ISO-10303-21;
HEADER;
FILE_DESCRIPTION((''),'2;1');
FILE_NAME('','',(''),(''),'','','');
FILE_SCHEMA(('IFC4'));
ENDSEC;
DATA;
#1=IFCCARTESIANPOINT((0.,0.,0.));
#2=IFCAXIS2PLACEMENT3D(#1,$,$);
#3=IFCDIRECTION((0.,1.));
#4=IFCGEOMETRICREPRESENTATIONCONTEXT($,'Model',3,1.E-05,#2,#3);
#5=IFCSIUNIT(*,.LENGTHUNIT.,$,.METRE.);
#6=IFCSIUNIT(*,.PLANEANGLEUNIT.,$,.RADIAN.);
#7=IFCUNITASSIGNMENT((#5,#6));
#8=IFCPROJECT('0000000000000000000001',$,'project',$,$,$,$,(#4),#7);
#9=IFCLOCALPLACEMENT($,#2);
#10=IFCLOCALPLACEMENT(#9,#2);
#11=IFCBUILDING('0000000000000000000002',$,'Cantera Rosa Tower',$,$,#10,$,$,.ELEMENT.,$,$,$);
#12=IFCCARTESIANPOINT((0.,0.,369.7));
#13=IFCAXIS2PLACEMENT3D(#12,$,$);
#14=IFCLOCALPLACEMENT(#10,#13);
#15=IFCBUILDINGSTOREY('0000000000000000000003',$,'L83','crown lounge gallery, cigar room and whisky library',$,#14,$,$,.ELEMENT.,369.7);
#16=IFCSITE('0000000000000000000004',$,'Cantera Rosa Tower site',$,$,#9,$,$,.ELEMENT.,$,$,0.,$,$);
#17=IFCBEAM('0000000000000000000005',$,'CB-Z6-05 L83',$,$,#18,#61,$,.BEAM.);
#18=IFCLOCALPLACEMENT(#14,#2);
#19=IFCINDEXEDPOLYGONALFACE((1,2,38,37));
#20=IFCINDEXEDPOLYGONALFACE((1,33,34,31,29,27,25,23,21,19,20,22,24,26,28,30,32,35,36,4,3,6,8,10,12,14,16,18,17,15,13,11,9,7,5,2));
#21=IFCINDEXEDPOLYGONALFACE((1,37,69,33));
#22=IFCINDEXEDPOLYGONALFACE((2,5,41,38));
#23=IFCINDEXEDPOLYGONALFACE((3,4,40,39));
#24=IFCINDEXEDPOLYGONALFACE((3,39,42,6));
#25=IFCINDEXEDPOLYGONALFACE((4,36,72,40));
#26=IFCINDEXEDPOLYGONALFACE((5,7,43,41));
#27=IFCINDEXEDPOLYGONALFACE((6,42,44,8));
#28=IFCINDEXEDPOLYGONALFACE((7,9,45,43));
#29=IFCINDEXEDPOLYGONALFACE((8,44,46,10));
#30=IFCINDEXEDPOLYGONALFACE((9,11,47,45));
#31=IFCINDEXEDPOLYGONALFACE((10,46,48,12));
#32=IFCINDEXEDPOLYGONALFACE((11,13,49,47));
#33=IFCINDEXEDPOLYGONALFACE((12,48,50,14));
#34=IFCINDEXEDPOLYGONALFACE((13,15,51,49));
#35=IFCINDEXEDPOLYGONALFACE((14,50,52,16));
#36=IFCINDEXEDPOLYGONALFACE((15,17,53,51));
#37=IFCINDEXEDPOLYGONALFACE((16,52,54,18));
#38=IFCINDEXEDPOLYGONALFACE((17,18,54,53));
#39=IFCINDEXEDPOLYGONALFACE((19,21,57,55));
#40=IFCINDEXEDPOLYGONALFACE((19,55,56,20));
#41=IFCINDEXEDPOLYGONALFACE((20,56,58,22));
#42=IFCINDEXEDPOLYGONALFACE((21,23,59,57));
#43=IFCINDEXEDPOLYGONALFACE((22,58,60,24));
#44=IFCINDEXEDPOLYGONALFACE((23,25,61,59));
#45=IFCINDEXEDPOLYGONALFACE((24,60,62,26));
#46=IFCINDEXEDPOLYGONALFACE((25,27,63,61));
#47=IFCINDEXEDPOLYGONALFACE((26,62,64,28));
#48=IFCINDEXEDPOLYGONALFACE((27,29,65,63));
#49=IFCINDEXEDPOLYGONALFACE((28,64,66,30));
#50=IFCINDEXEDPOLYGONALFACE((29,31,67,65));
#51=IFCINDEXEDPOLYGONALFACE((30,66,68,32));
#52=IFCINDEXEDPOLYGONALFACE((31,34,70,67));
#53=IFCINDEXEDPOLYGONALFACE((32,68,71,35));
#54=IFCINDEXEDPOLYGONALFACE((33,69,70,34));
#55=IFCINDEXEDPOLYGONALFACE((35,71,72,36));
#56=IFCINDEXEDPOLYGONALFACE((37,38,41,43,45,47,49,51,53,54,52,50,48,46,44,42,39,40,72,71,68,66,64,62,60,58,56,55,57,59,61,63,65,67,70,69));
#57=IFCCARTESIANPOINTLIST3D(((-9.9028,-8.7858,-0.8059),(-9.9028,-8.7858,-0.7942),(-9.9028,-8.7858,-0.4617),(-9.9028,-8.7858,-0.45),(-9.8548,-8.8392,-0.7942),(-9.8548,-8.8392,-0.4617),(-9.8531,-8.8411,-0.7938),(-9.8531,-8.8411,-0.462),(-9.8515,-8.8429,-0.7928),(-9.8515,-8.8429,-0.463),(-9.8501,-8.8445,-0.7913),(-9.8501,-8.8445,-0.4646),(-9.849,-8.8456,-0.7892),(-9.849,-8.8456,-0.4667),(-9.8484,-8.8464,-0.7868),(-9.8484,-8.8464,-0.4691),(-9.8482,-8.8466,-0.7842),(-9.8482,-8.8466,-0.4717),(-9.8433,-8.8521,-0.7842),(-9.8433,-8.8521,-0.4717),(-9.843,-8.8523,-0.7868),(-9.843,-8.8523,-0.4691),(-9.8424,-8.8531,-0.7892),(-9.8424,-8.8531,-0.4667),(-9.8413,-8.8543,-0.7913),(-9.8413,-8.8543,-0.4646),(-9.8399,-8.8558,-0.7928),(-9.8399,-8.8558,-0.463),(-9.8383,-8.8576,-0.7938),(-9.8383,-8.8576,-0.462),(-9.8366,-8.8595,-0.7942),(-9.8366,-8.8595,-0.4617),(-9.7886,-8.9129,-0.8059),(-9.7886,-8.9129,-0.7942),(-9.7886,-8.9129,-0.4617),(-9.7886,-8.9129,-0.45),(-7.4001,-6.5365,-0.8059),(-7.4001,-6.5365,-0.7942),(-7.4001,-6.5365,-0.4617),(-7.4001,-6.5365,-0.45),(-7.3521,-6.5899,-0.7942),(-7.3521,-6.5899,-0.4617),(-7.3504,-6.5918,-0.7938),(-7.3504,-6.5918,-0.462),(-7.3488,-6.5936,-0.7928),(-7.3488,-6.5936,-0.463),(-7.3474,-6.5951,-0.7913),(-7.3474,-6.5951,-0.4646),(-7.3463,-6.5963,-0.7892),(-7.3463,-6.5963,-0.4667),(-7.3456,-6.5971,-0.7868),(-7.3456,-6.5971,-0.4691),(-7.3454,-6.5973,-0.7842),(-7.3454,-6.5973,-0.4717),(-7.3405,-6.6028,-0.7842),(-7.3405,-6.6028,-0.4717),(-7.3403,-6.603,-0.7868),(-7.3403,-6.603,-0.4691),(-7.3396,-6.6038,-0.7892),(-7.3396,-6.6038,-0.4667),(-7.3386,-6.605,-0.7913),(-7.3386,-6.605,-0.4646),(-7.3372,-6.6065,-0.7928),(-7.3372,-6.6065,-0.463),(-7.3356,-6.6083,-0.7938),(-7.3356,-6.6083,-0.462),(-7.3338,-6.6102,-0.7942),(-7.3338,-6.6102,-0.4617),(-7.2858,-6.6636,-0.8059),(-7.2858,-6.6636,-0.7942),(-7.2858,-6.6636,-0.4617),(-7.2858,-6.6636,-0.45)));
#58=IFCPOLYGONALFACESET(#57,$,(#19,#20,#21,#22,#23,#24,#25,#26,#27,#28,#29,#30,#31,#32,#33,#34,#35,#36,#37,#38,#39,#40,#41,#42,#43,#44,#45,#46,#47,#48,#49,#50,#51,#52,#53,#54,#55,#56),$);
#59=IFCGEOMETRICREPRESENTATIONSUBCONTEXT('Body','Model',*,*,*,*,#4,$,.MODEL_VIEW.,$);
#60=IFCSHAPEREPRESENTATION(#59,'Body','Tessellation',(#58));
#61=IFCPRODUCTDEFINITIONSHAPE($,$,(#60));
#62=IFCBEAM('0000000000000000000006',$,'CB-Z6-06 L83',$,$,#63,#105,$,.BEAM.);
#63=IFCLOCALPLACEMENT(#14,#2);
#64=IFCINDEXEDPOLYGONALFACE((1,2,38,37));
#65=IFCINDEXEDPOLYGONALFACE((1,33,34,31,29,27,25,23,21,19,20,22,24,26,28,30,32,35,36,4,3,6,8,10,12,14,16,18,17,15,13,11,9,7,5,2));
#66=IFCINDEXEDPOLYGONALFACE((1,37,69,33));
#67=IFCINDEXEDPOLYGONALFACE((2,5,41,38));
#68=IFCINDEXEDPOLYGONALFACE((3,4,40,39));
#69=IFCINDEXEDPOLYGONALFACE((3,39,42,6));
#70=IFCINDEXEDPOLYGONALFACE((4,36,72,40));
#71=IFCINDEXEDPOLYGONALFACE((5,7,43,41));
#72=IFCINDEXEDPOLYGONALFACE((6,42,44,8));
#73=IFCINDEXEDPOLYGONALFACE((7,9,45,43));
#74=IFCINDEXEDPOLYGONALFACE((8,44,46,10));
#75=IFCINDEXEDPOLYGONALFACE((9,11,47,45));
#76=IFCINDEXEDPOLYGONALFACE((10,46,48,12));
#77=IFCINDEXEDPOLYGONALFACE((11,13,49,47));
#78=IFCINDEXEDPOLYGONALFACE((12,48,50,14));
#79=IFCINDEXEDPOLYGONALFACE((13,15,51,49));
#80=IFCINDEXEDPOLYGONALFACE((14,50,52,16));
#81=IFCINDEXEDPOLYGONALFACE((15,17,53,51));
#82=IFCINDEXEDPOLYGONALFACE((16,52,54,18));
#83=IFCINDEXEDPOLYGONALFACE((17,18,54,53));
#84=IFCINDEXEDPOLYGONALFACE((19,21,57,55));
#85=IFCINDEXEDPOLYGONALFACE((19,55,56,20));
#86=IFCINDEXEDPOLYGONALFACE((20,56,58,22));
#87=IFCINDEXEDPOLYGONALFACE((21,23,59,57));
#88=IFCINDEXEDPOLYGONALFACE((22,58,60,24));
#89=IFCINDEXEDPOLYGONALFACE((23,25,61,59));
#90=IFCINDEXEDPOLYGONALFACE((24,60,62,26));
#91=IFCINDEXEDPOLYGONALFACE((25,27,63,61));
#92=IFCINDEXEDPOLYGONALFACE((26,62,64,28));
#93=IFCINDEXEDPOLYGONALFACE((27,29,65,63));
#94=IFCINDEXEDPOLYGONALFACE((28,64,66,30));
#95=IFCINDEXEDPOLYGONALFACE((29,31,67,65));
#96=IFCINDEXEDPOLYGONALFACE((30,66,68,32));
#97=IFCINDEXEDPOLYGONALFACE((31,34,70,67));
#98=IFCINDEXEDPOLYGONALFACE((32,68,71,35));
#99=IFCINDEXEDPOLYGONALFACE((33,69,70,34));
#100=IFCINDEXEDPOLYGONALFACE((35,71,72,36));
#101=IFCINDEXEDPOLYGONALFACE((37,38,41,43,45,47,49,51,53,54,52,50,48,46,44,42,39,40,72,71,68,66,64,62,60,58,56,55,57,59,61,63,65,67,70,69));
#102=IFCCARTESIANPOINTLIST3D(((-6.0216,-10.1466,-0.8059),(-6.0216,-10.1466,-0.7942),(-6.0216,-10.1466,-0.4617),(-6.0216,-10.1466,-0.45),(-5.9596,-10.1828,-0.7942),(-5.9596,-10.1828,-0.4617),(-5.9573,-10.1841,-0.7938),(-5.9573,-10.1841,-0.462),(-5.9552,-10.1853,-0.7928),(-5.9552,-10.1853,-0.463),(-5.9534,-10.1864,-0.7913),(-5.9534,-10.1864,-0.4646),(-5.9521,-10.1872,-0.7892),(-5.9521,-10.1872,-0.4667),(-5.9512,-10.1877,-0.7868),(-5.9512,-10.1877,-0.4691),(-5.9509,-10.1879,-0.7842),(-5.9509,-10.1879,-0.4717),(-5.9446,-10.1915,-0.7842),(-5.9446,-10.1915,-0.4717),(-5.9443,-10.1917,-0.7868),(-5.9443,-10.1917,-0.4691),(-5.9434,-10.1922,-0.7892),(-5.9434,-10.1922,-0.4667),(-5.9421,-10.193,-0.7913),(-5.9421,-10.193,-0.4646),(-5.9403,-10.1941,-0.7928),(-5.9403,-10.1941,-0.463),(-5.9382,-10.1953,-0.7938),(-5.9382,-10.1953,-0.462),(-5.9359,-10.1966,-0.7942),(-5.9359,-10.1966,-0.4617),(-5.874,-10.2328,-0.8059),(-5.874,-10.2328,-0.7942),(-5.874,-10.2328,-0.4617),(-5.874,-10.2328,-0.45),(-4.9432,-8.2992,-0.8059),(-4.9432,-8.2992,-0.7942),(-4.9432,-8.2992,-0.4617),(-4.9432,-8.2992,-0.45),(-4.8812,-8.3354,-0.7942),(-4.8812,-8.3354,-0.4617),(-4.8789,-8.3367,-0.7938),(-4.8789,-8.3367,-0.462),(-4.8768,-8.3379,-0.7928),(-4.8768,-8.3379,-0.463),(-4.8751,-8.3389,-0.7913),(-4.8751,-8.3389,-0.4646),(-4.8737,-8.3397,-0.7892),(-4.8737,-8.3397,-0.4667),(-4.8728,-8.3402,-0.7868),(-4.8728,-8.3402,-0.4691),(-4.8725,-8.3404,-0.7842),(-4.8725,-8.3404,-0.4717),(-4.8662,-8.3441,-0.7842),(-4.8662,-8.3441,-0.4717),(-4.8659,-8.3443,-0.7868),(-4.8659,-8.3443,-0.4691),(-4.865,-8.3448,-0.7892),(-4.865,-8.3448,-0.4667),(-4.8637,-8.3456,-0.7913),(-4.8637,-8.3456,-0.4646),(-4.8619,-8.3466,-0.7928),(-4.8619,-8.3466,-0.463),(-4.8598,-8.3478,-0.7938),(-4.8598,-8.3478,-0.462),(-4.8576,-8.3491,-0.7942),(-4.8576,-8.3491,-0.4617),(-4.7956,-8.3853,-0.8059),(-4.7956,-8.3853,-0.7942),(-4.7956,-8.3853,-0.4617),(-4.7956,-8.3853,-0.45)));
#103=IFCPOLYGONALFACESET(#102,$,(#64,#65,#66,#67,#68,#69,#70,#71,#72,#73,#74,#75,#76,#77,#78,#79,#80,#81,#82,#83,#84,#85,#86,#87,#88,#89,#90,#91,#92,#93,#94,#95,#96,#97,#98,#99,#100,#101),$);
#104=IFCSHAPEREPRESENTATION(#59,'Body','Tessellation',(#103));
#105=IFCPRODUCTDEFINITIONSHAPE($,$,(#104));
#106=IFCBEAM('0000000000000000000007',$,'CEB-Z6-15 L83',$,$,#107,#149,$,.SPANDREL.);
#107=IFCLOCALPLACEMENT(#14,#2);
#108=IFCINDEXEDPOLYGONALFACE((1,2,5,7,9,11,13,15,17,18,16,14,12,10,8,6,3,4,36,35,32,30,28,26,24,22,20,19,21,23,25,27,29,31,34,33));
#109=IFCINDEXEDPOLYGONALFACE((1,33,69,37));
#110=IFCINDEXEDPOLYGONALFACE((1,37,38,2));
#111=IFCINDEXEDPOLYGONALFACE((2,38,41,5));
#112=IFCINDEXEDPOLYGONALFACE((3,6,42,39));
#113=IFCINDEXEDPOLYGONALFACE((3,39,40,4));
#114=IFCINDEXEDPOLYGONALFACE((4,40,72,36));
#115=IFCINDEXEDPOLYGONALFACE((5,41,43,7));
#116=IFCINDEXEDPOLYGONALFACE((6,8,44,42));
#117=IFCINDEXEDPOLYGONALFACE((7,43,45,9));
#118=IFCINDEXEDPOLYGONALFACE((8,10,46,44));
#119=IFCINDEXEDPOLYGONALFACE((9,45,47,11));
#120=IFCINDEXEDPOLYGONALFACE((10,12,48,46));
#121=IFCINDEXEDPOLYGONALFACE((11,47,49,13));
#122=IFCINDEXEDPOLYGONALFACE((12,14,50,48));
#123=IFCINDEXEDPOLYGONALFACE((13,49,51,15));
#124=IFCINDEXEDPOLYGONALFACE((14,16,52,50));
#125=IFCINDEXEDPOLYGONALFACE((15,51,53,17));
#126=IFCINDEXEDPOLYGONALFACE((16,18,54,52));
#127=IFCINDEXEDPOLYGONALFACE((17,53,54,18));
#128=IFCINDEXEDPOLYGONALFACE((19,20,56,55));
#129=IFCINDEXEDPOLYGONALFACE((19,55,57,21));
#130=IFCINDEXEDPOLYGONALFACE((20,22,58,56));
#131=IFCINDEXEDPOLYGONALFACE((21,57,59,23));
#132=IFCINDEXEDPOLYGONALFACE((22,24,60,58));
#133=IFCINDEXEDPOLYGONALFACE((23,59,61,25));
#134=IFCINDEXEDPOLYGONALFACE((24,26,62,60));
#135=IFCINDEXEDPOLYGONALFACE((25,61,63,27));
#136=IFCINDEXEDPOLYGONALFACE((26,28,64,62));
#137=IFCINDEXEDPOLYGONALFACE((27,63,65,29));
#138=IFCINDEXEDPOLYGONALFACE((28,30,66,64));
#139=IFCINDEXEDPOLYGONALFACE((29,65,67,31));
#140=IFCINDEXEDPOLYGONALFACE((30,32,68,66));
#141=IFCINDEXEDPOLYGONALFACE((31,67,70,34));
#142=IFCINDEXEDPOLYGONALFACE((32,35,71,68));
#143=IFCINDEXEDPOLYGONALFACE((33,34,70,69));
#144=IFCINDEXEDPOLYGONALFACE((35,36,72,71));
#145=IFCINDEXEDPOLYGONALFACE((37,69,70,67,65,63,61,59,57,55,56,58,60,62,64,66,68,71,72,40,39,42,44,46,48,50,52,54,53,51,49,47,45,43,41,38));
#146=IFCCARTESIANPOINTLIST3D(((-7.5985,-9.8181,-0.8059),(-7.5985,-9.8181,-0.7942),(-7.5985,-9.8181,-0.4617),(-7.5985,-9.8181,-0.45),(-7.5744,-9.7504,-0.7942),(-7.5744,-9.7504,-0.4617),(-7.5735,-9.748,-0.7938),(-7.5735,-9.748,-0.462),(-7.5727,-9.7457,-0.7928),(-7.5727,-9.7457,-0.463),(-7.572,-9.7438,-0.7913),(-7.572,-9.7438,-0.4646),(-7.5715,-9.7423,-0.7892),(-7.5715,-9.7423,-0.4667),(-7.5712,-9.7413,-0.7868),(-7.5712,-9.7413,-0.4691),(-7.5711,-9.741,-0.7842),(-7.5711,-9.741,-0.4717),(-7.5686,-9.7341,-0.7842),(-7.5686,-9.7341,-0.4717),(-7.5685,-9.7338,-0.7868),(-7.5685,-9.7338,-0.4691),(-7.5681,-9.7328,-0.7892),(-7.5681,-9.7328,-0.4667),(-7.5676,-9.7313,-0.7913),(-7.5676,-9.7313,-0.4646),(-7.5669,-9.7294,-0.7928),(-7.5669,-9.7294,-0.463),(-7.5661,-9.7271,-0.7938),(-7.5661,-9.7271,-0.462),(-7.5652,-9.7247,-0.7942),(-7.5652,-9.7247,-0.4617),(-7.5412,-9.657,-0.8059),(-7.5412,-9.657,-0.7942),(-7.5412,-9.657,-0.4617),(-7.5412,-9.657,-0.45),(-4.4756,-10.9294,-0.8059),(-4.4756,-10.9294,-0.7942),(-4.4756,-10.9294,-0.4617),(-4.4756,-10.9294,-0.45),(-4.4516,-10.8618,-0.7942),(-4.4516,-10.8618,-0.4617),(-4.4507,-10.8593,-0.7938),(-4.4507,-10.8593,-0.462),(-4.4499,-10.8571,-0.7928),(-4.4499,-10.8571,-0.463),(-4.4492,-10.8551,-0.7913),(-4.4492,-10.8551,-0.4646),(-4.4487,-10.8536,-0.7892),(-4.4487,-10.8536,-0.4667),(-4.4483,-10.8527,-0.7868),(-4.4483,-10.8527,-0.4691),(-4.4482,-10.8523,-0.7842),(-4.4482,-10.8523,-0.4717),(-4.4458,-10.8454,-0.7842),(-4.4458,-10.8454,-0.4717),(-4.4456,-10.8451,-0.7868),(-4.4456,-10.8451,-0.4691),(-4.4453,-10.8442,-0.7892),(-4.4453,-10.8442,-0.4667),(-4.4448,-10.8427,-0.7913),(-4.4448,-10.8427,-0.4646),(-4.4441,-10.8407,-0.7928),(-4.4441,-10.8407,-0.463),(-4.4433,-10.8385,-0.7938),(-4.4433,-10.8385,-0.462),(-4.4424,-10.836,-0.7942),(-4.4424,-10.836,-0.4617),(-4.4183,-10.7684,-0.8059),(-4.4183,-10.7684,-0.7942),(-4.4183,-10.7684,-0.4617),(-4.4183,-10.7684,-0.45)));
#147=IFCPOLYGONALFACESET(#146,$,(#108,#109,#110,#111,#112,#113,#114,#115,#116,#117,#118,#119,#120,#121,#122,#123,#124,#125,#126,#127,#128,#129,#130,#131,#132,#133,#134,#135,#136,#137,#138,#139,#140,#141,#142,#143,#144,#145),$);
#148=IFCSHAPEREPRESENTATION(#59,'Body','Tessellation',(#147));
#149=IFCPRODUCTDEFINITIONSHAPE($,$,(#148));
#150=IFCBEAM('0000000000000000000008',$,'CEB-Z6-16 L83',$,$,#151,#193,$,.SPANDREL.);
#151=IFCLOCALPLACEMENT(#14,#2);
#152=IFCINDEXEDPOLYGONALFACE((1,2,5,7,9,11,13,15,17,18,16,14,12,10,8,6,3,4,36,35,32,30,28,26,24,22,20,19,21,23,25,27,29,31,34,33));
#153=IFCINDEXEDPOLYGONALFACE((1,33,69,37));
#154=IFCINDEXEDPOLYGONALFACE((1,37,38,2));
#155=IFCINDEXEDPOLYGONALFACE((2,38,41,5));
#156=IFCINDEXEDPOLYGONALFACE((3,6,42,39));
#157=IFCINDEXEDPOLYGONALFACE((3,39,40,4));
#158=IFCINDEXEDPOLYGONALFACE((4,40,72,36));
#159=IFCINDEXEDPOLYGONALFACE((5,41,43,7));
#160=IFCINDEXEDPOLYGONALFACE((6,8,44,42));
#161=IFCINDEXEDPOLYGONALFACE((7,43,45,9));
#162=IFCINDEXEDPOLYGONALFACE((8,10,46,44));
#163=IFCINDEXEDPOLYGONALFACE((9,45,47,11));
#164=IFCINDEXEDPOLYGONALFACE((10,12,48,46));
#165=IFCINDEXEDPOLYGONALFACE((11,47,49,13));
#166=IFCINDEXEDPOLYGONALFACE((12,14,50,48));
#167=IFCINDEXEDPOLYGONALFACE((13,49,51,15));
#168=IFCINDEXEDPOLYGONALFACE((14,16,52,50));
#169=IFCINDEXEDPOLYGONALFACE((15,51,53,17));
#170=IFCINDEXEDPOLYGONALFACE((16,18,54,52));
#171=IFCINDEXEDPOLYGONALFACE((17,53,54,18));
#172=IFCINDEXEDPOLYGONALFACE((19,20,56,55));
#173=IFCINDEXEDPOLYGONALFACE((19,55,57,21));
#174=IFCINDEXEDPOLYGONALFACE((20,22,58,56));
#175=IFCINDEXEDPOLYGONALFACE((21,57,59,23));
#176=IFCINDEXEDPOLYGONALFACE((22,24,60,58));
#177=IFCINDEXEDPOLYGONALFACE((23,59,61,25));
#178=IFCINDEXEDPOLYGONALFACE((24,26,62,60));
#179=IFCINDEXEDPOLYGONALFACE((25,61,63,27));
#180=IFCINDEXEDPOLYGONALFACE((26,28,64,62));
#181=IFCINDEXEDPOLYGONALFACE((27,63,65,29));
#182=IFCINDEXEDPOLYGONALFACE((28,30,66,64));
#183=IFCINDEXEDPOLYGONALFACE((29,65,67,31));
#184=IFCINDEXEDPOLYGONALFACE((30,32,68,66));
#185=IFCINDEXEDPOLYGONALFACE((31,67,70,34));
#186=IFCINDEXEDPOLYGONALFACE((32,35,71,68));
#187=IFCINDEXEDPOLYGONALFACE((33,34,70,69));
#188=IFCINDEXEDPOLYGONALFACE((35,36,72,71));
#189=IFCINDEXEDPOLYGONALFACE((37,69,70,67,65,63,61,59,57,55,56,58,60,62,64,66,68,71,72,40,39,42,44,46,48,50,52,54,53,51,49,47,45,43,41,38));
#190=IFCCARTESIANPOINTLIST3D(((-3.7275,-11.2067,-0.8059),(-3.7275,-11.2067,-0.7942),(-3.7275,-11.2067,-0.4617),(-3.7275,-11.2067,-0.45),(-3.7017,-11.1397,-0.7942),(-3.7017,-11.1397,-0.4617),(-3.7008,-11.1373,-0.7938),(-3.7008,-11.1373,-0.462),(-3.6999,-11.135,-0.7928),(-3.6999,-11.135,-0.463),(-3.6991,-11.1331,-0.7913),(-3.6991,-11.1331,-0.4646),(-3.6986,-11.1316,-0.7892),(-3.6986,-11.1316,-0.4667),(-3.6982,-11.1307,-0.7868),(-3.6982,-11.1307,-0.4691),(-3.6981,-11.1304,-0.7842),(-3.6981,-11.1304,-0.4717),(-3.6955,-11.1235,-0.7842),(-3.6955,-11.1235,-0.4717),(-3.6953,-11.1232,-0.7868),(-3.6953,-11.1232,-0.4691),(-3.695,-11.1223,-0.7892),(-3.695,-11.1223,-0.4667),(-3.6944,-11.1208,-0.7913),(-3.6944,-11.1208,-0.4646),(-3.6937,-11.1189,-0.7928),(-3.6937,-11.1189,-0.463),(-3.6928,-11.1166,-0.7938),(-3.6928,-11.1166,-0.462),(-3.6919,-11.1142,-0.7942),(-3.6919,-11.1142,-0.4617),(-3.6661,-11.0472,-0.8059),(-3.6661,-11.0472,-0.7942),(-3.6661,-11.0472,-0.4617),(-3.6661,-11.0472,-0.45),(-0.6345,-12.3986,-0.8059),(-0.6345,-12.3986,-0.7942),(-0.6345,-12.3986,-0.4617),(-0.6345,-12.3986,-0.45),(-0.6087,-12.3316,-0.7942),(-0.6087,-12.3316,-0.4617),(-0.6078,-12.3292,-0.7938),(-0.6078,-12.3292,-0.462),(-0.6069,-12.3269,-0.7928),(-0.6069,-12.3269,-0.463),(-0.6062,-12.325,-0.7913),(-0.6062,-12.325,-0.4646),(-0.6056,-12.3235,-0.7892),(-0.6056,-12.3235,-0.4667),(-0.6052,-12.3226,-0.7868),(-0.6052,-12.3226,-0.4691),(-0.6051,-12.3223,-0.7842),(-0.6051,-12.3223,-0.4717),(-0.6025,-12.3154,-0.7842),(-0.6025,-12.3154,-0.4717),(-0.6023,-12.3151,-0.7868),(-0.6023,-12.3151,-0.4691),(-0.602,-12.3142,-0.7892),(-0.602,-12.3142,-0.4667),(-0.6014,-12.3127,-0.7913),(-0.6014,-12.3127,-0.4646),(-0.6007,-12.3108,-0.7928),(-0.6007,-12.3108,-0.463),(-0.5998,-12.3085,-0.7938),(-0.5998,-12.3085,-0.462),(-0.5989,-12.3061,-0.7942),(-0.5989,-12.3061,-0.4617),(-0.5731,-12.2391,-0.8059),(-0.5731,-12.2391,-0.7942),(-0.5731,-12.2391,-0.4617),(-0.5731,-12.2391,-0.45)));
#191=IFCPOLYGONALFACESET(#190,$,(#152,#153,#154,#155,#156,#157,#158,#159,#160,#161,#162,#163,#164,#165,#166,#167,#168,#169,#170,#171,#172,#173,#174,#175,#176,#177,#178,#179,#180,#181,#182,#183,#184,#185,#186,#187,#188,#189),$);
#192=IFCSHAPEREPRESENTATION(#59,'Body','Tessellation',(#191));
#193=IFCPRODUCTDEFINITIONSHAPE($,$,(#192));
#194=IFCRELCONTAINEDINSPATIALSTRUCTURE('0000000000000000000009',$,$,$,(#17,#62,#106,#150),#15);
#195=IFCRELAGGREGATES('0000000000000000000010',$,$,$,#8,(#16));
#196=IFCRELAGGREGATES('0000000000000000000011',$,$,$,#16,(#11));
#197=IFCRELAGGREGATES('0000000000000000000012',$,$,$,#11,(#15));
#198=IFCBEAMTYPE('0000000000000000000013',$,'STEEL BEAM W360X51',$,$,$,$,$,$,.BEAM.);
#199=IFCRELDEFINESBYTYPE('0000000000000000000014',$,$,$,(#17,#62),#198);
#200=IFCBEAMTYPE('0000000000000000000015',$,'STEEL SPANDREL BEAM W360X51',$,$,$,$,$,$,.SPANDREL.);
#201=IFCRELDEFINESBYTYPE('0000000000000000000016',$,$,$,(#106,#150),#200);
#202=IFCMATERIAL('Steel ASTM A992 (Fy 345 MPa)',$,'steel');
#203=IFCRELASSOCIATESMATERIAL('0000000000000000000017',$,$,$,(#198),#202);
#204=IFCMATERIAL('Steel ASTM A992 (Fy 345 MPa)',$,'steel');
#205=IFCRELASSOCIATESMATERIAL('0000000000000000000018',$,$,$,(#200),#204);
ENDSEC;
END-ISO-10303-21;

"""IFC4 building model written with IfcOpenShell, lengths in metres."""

from ifc_helpers import new_model, si_unit, direction, frame, origin, origin_2d, place, context, subcontext, project, spatial, i_section, extrude, material, material_profile, profile_set, type_object, element, save


model = new_model("IFC4")

# Units and contexts
model_context = context("Model", 3, precision=1e-05, world=origin(), true_north=direction((0.0, 1.0)))
body_context = subcontext(model_context, "Body", "Model", "MODEL_VIEW")
ifc_project = project(units=[si_unit("LENGTHUNIT", "METRE"), si_unit("PLANEANGLEUNIT", "RADIAN")], contexts=[model_context])

# Site, building, storey
site_placement = place(None, origin())
site = spatial("IfcSite", under=ifc_project, at=site_placement, Name="Cantera Rosa Tower site", CompositionType="ELEMENT", RefElevation=0.0)
building_placement = place(site_placement, origin())
building = spatial("IfcBuilding", under=site, at=building_placement, Name="Cantera Rosa Tower", CompositionType="ELEMENT")
storey_placement = place(building_placement, frame((0.0, 0.0, 369.7)))
storey = spatial("IfcBuildingStorey", under=building, at=storey_placement, Name="L83", Description="crown lounge gallery, cigar room and whisky library", CompositionType="ELEMENT", Elevation=369.7)

# Beams
ifc_material_1 = material(Name="Steel ASTM A992 (Fy 345 MPa)", Category="steel")
ifc_material_profile_1 = material_profile(ifc_material_1, i_section(OverallWidth=0.1709, OverallDepth=0.356, WebThickness=0.0073, FlangeThickness=0.0117, FilletRadius=0.01, at=origin_2d()), Name="W360X51")
ifc_profile_set_1 = profile_set([ifc_material_profile_1], Name="Steel ASTM A992 (Fy 345 MPa)")
beam_type_1 = type_object("IfcBeamType", Name="STEEL BEAM W360X51", PredefinedType="BEAM", material=ifc_profile_set_1)
beam_1_placement = place(storey_placement, frame((-9.8457, -8.8494, -0.6279), z_axis=(0.743759, 0.668447, 0.0), x_axis=(-0.668447, 0.743759, 0.0)))
element("IfcBeam", 1, at=beam_1_placement, inside=storey, type_object=beam_type_1, Name="CB-Z6-05 L83", PredefinedType="BEAM", context=body_context, shape_type="SweptSolid", body=[
    extrude(i_section(OverallWidth=0.1709, OverallDepth=0.356, WebThickness=0.0073, FlangeThickness=0.0117, FilletRadius=0.01, at=origin_2d()), origin(), (0.0, 0.0, 1.0), 3.365),
])
beam_2_placement = place(storey_placement, frame((-5.9478, -10.1897, -0.6279), z_axis=(0.504119, 0.863634, 0.0), x_axis=(-0.863634, 0.504119, 0.0)))
element("IfcBeam", 2, at=beam_2_placement, inside=storey, type_object=beam_type_1, Name="CB-Z6-06 L83", PredefinedType="BEAM", context=body_context, shape_type="SweptSolid", body=[
    extrude(i_section(OverallWidth=0.1709, OverallDepth=0.356, WebThickness=0.0073, FlangeThickness=0.0117, FilletRadius=0.01, at=origin_2d()), origin(), (0.0, 0.0, 1.0), 2.1392),
])
ifc_material_2 = material(Name="Steel ASTM A992 (Fy 345 MPa)", Category="steel")
ifc_material_profile_2 = material_profile(ifc_material_2, i_section(OverallWidth=0.1709, OverallDepth=0.356, WebThickness=0.0073, FlangeThickness=0.0117, FilletRadius=0.01, at=origin_2d()), Name="W360X51")
ifc_profile_set_2 = profile_set([ifc_material_profile_2], Name="Steel ASTM A992 (Fy 345 MPa)")
beam_type_2 = type_object("IfcBeamType", Name="STEEL SPANDREL BEAM W360X51", PredefinedType="SPANDREL", material=ifc_profile_set_2)
for number, where, z_axis, x_axis, name in (
    (3, (-7.5698, -9.7375, -0.6279), (0.94212, -0.335277, 0.0), (0.335277, 0.94212, 0.0), "CEB-Z6-15 L83"),
    (4, (-3.6968, -11.127, -0.6279), (0.933116, -0.359576, 0.0), (0.359576, 0.933116, 0.0), "CEB-Z6-16 L83"),
):
    element("IfcBeam", number, at=place(storey_placement, frame(where, z_axis=z_axis, x_axis=x_axis)), inside=storey, type_object=beam_type_2, Name=name, PredefinedType="SPANDREL", context=body_context, shape_type="SweptSolid", body=[
        extrude(i_section(OverallWidth=0.1709, OverallDepth=0.356, WebThickness=0.0073, FlangeThickness=0.0117, FilletRadius=0.01, at=origin_2d()), origin(), (0.0, 0.0, 1.0), 3.3147),
    ])

save(model, "model.ifc")
